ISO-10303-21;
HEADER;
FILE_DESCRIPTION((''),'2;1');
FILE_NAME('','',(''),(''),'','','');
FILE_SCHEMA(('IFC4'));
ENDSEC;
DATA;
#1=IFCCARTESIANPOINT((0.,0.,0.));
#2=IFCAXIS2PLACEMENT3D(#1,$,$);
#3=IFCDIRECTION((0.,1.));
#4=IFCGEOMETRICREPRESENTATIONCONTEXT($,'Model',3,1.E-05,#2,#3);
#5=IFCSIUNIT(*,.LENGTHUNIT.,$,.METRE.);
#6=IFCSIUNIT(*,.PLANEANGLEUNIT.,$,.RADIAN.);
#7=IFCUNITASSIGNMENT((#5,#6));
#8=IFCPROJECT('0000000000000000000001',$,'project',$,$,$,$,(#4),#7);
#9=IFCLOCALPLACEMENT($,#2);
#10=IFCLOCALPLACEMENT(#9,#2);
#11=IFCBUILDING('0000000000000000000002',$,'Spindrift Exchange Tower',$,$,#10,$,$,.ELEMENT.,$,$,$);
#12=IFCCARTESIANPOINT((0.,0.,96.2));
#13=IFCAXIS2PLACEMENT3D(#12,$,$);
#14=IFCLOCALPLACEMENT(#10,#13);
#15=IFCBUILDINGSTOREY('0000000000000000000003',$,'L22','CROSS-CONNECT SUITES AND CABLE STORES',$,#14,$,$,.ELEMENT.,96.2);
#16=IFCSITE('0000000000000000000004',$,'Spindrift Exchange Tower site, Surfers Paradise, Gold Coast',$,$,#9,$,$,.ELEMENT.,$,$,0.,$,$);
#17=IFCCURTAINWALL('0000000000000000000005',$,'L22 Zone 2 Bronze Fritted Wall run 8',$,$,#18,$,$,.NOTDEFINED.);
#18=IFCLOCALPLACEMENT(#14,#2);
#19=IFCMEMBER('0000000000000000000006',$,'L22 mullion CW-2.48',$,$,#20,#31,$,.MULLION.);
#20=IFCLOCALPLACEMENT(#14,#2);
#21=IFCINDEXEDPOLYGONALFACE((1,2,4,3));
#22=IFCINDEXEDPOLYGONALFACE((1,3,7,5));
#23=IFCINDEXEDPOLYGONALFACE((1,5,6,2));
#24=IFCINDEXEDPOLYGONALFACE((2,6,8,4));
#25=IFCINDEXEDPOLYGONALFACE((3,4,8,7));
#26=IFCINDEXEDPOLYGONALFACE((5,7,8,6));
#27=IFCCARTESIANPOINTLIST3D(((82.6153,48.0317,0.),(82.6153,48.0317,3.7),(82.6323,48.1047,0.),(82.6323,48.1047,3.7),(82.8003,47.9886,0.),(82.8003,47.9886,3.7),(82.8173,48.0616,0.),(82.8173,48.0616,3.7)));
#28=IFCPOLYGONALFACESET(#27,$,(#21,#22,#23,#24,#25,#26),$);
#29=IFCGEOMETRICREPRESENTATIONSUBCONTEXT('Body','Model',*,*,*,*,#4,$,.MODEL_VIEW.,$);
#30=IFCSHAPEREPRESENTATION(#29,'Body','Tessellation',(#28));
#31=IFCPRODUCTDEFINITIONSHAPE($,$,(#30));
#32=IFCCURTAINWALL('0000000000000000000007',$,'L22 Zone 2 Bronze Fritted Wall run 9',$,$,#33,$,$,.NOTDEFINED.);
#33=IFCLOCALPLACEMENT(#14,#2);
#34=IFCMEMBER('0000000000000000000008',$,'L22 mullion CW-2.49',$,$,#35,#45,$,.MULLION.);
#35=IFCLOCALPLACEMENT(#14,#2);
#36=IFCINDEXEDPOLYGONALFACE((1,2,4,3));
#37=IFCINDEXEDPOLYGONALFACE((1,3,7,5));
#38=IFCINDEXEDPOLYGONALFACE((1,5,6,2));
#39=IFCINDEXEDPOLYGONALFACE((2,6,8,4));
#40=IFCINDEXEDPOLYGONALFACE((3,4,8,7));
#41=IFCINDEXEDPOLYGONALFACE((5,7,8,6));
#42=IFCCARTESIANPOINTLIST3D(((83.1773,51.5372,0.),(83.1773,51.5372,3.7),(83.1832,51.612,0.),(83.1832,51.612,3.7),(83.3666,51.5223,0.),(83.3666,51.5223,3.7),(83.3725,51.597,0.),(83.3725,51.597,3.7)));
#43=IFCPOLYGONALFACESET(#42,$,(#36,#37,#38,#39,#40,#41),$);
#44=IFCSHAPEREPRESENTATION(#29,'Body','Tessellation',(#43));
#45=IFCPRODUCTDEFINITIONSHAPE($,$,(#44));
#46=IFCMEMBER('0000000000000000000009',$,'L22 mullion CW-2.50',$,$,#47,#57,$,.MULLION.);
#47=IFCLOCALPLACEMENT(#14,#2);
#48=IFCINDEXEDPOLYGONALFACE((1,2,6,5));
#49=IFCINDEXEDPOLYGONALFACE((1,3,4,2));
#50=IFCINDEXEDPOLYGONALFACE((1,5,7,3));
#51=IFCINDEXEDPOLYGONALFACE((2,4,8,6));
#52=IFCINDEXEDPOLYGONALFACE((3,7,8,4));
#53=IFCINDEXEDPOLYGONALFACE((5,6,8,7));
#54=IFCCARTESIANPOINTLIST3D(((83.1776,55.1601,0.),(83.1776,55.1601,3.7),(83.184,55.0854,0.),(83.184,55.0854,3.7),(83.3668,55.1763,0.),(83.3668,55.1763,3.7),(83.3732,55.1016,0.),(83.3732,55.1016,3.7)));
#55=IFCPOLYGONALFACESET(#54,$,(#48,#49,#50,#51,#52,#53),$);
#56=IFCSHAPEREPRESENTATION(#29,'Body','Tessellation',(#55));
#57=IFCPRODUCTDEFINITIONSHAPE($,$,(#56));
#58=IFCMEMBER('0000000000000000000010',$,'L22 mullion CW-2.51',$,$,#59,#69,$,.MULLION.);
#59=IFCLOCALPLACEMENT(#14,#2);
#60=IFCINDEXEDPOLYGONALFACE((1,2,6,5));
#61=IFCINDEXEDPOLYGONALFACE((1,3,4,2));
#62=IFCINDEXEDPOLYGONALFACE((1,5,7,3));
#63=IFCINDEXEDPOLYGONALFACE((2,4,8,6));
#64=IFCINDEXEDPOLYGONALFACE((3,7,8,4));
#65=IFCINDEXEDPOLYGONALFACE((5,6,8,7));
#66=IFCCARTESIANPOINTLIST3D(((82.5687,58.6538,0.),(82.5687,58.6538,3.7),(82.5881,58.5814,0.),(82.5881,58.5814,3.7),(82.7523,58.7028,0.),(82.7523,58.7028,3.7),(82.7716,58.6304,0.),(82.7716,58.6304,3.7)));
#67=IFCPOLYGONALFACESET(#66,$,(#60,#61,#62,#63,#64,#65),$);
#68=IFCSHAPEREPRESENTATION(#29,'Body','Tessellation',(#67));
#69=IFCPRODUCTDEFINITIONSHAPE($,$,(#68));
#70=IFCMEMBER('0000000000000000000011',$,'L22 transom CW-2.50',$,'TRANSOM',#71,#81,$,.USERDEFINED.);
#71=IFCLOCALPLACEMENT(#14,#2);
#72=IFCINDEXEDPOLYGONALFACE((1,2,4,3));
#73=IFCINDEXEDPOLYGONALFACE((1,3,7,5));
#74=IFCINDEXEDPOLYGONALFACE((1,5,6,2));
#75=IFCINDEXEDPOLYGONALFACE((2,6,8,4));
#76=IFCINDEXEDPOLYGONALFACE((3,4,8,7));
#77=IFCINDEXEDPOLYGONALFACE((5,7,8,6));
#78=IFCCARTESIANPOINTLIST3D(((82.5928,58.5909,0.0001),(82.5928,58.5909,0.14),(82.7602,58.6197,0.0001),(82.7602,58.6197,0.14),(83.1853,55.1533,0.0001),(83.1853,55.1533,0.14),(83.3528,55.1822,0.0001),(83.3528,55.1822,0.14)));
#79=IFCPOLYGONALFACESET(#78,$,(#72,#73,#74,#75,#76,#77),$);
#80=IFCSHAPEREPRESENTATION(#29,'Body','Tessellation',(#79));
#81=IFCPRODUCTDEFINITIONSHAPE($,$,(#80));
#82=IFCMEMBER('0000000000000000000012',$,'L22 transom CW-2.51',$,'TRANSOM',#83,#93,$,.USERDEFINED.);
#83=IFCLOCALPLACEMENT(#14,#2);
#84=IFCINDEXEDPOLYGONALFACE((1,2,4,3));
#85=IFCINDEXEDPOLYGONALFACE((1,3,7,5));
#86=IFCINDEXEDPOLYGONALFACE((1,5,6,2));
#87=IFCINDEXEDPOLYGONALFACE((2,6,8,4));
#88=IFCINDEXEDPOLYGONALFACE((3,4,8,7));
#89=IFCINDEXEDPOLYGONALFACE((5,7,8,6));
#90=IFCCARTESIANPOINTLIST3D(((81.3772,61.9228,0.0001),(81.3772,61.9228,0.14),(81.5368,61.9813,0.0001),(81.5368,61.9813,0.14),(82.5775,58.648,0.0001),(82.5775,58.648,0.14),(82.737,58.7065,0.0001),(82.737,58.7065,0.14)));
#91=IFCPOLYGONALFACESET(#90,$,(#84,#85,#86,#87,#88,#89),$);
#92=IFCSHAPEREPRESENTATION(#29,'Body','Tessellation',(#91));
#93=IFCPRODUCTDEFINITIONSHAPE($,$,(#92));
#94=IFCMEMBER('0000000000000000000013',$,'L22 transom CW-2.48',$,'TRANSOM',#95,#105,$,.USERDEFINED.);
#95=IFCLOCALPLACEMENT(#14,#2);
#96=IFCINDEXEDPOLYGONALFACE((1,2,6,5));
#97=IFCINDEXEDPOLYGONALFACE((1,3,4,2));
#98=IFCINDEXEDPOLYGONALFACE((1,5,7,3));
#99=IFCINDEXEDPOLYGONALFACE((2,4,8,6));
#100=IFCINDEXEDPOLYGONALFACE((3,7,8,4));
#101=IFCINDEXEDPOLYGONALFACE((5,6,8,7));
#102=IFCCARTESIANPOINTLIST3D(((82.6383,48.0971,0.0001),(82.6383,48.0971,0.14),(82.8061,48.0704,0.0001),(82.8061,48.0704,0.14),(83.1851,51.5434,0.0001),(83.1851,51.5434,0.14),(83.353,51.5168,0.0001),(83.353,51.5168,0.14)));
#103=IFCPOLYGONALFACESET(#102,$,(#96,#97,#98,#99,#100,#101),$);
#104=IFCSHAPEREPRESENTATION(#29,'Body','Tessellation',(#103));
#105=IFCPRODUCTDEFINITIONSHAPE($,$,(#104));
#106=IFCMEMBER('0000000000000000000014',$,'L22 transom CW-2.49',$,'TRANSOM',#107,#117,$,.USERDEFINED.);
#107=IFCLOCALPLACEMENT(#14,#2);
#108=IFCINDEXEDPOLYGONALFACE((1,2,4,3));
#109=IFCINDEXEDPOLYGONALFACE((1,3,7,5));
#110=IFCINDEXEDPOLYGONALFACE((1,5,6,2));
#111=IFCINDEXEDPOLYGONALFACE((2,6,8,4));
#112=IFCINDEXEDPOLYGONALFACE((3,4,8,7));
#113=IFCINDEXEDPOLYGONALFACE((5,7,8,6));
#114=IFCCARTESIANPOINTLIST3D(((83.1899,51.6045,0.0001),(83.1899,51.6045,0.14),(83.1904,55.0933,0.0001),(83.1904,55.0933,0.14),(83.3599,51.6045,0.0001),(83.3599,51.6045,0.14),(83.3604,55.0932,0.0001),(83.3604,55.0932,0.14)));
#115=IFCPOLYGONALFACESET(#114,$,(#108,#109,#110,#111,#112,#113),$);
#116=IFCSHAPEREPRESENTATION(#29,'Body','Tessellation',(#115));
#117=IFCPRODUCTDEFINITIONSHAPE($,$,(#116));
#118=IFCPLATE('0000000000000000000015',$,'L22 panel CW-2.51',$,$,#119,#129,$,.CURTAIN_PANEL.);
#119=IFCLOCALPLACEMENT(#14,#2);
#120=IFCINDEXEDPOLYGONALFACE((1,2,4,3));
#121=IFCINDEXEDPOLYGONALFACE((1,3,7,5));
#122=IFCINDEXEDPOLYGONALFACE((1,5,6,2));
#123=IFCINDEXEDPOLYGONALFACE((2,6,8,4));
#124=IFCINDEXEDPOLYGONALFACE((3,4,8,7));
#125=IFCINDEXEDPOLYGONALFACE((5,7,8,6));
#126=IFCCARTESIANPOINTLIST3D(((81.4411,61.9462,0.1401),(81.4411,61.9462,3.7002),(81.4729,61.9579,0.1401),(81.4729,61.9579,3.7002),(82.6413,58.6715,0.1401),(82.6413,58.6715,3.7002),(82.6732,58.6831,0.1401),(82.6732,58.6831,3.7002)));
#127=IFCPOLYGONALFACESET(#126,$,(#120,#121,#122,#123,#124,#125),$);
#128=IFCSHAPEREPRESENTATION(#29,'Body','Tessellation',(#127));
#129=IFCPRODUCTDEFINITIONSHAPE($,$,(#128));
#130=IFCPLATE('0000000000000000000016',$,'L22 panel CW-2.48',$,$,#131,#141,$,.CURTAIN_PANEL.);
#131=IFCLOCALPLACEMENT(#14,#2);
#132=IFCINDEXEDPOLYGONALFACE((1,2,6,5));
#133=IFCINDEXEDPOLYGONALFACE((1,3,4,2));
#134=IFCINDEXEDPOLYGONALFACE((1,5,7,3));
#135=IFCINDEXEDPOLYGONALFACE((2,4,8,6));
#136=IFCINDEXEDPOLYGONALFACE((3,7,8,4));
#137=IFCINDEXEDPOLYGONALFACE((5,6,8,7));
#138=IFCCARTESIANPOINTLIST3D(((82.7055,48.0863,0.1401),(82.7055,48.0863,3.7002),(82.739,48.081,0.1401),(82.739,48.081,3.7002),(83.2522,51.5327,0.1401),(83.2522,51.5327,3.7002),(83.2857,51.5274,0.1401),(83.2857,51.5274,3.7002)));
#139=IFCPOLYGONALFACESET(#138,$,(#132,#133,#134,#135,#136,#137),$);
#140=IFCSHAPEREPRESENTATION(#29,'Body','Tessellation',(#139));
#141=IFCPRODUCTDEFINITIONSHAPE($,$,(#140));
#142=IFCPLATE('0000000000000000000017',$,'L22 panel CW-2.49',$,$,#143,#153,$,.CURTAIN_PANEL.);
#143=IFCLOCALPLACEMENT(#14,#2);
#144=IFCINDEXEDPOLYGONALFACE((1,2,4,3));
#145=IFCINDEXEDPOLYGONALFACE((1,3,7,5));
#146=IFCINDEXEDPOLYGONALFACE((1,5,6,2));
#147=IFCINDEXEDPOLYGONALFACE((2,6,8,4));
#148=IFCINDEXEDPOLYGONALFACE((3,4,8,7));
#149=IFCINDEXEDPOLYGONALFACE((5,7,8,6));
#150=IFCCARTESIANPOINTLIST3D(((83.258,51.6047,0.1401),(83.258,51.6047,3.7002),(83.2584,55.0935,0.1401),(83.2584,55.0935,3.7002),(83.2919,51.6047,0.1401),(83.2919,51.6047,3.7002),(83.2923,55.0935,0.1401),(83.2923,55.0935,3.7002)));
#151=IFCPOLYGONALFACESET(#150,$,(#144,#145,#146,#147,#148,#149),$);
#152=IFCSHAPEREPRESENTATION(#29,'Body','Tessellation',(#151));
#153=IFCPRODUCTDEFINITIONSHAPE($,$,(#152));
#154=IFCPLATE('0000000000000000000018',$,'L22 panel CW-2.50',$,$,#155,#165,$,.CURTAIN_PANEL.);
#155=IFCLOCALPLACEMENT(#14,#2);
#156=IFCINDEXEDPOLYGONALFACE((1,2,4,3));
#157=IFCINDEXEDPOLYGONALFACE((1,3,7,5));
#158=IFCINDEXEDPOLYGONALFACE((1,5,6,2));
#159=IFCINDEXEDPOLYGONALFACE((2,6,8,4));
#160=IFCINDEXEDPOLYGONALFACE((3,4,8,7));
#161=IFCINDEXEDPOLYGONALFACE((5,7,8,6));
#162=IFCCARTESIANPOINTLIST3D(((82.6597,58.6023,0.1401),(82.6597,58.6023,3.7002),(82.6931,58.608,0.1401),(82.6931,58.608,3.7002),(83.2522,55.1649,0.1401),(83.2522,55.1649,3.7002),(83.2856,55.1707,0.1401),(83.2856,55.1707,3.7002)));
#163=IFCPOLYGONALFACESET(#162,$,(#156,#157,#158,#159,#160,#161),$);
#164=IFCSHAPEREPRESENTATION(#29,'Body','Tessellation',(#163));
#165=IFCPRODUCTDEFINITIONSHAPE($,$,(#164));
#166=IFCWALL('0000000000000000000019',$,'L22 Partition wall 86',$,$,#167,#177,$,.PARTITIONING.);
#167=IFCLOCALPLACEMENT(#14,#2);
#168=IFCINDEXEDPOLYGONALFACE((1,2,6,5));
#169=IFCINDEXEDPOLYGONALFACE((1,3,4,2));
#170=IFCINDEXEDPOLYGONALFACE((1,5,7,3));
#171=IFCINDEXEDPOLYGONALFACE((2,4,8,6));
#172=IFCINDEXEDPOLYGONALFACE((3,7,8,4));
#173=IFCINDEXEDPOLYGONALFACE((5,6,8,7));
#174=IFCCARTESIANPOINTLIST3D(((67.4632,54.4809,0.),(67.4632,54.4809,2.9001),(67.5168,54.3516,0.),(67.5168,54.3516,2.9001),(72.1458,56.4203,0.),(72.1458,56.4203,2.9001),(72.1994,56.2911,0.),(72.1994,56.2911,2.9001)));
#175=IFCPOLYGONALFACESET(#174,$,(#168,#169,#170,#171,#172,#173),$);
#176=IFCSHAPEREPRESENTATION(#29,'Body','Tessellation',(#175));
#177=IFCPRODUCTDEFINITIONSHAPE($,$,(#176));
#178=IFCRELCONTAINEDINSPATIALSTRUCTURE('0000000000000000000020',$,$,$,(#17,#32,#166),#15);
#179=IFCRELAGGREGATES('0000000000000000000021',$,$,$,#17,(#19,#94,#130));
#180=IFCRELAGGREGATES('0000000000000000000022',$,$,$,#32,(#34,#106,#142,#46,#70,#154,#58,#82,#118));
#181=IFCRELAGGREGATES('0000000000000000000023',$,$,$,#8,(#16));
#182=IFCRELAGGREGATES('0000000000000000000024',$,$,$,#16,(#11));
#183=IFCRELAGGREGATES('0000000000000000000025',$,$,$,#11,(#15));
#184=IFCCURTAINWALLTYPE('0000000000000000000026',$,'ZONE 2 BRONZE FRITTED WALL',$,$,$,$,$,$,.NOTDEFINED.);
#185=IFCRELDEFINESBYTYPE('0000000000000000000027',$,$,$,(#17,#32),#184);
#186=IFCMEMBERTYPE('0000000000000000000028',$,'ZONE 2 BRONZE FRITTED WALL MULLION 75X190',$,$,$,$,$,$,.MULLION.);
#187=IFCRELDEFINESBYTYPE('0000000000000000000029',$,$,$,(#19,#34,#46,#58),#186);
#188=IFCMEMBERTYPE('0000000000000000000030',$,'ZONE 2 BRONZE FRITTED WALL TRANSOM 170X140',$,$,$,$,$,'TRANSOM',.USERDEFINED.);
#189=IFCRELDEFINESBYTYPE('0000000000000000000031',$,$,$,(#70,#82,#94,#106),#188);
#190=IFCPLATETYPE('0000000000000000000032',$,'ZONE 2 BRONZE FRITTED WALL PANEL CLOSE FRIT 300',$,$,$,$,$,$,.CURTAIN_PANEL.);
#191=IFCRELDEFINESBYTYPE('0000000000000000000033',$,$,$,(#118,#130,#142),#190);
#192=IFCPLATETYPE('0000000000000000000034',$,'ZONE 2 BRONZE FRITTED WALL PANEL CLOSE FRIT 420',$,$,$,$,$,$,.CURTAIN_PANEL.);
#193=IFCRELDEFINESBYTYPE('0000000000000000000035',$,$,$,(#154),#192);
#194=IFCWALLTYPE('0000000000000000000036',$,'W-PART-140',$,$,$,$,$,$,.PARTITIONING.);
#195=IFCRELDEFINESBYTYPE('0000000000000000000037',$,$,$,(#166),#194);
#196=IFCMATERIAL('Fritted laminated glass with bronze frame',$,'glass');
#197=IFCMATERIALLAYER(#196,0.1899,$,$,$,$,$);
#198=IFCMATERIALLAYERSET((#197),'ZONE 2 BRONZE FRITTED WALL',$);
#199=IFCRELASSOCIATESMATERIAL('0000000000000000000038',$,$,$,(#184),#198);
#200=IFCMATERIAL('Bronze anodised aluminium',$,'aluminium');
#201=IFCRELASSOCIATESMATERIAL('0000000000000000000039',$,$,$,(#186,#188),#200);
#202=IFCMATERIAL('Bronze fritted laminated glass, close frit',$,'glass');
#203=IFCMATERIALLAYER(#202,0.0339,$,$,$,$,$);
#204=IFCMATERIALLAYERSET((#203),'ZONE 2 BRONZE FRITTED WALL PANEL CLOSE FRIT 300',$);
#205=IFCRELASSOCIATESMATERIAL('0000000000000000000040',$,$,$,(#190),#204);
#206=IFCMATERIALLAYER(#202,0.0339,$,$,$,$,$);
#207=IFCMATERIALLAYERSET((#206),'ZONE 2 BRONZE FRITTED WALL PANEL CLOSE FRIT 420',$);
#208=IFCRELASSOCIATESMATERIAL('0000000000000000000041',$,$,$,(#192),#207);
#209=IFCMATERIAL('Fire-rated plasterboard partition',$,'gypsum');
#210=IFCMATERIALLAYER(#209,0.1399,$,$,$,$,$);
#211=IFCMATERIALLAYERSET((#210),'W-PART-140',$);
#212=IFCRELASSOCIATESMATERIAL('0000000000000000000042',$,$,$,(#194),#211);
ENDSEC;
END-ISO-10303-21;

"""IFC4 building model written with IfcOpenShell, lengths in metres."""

from ifc_helpers import new_model, si_unit, direction, frame, frame_2d, origin, origin_2d, place, context, subcontext, project, spatial, rectangle, extrude, source, transform, mapped, material, layer, layer_set, material_profile, profile_set, type_object, element, aggregate, save


model = new_model("IFC4")

# Units and contexts
model_context = context("Model", 3, precision=1e-05, world=origin(), true_north=direction((0.0, 1.0)))
body_context = subcontext(model_context, "Body", "Model", "MODEL_VIEW")
ifc_project = project(units=[si_unit("LENGTHUNIT", "METRE"), si_unit("PLANEANGLEUNIT", "RADIAN")], contexts=[model_context])

# Site, building, storey
site_placement = place(None, origin())
site = spatial("IfcSite", under=ifc_project, at=site_placement, Name="Spindrift Exchange Tower site, Surfers Paradise, Gold Coast", CompositionType="ELEMENT", RefElevation=0.0)
building_placement = place(site_placement, origin())
building = spatial("IfcBuilding", under=site, at=building_placement, Name="Spindrift Exchange Tower", CompositionType="ELEMENT")
storey_placement = place(building_placement, frame((0.0, 0.0, 96.2)))
storey = spatial("IfcBuildingStorey", under=building, at=storey_placement, Name="L22", Description="CROSS-CONNECT SUITES AND CABLE STORES", CompositionType="ELEMENT", Elevation=96.2)

# Curtain wall, member
ifc_material_1 = material(Name="Fritted laminated glass with bronze frame", Category="glass")
ifc_layer_1 = layer(ifc_material_1, 0.1899)
ifc_layer_set_1 = layer_set([ifc_layer_1], Name="ZONE 2 BRONZE FRITTED WALL")
curtain_wall_type = type_object("IfcCurtainWallType", Name="ZONE 2 BRONZE FRITTED WALL", PredefinedType="NOTDEFINED", material=ifc_layer_set_1)
curtain_wall_1_placement = place(storey_placement, origin())
curtain_wall_1 = element("IfcCurtainWall", 1, at=curtain_wall_1_placement, inside=storey, type_object=curtain_wall_type, Name="L22 Zone 2 Bronze Fritted Wall run 8", PredefinedType="NOTDEFINED")
ifc_material_2 = material(Name="Bronze anodised aluminium", Category="aluminium")
ifc_material_profile_1 = material_profile(ifc_material_2, rectangle(XDim=0.075, YDim=0.1899, at=origin_2d()), Name="ZONE 2 BRONZE FRITTED WALL MULLION 75X190")
ifc_profile_set_1 = profile_set([ifc_material_profile_1], Name="Bronze anodised aluminium")
member_type_1 = type_object("IfcMemberType", Name="ZONE 2 BRONZE FRITTED WALL MULLION 75X190", PredefinedType="MULLION", material=ifc_profile_set_1)
shared_shape_1 = source(origin(), body_context, "Body", "SweptSolid", [
    extrude(rectangle(XDim=0.075, YDim=0.1899, at=origin_2d()), origin(), (0.0, 0.0, 1.0), 3.7),
])
member_1_placement = place(storey_placement, frame((82.7163, 48.0466, 0.0), z_axis=(0.0, 0.0, 1.0), x_axis=(0.226675, 0.97397, 0.0)))
member_1 = element("IfcMember", 2, at=member_1_placement, type_object=member_type_1, Name="L22 mullion CW-2.48", PredefinedType="MULLION", context=body_context, shape_type="MappedRepresentation", body=[
    mapped(shared_shape_1, transform((0.0, 0.0, 0.0), scale=1.0)),
])

# Curtain wall, members
curtain_wall_2_placement = place(storey_placement, origin())
curtain_wall_2 = element("IfcCurtainWall", 3, at=curtain_wall_2_placement, inside=storey, type_object=curtain_wall_type, Name="L22 Zone 2 Bronze Fritted Wall run 9", PredefinedType="NOTDEFINED")
member_2_placement = place(storey_placement, frame((83.2749, 51.5671, 0.0), z_axis=(0.0, 0.0, 1.0), x_axis=(0.078643, 0.996903, 0.0)))
member_2 = element("IfcMember", 4, at=member_2_placement, type_object=member_type_1, Name="L22 mullion CW-2.49", PredefinedType="MULLION", context=body_context, shape_type="MappedRepresentation", body=[
    mapped(shared_shape_1, transform((0.0, 0.0, 0.0), scale=1.0)),
])
member_3_placement = place(storey_placement, frame((83.2754, 55.1309, 0.0), z_axis=(0.0, 0.0, 1.0), x_axis=(-0.085181, 0.996365, 0.0)))
member_3 = element("IfcMember", 5, at=member_3_placement, type_object=member_type_1, Name="L22 mullion CW-2.50", PredefinedType="MULLION", context=body_context, shape_type="MappedRepresentation", body=[
    mapped(shared_shape_1, transform((0.0, 0.0, 0.0), scale=1.0)),
])
member_4_placement = place(storey_placement, frame((82.6702, 58.6421, 0.0), z_axis=(0.0, 0.0, 1.0), x_axis=(-0.258039, 0.966134, 0.0)))
member_4 = element("IfcMember", 6, at=member_4_placement, type_object=member_type_1, Name="L22 mullion CW-2.51", PredefinedType="MULLION", context=body_context, shape_type="MappedRepresentation", body=[
    mapped(shared_shape_1, transform((0.0, 0.0, 0.0), scale=1.0)),
])
ifc_material_profile_2 = material_profile(ifc_material_2, rectangle(XDim=0.1699, YDim=0.1399, at=origin_2d()), Name="ZONE 2 BRONZE FRITTED WALL TRANSOM 170X140")
ifc_profile_set_2 = profile_set([ifc_material_profile_2], Name="Bronze anodised aluminium")
member_type_2 = type_object("IfcMemberType", Name="ZONE 2 BRONZE FRITTED WALL TRANSOM 170X140", ElementType="TRANSOM", PredefinedType="USERDEFINED", material=ifc_profile_set_2)
shared_shape_2 = source(origin(), body_context, "Body", "SweptSolid", [
    extrude(rectangle(XDim=0.1699, YDim=0.1399, at=origin_2d()), origin(), (0.0, 0.0, 1.0), 3.4883),
])
member_5_placement = place(storey_placement, frame((83.269, 55.1677, 0.0701), z_axis=(-0.169867, 0.985467, 0.0), x_axis=(-0.985467, -0.169867, 0.0)))
member_5 = element("IfcMember", 7, at=member_5_placement, type_object=member_type_2, Name="L22 transom CW-2.50", ObjectType="TRANSOM", PredefinedType="USERDEFINED", context=body_context, shape_type="MappedRepresentation", body=[
    mapped(shared_shape_2, transform((0.0, 0.0, 0.0), scale=1.0)),
])
shared_shape_3 = source(origin(), body_context, "Body", "SweptSolid", [
    extrude(rectangle(XDim=0.1699, YDim=0.1399, at=origin_2d()), origin(), (0.0, 0.0, 1.0), 3.4878),
])
member_6_placement = place(storey_placement, frame((82.6572, 58.6772, 0.0701), z_axis=(-0.344125, 0.938924, 0.0), x_axis=(-0.938924, -0.344125, 0.0)))
member_6 = element("IfcMember", 8, at=member_6_placement, type_object=member_type_2, Name="L22 transom CW-2.51", ObjectType="TRANSOM", PredefinedType="USERDEFINED", context=body_context, shape_type="MappedRepresentation", body=[
    mapped(shared_shape_3, transform((0.0, 0.0, 0.0), scale=1.0)),
])

# Members
shared_shape_4 = source(origin(), body_context, "Body", "SweptSolid", [
    extrude(rectangle(XDim=0.1699, YDim=0.1399, at=origin_2d()), origin(), (0.0, 0.0, 1.0), 3.4895),
])
member_7_placement = place(storey_placement, frame((82.7222, 48.0837, 0.0701), z_axis=(0.156724, 0.987642, 0.0), x_axis=(-0.987642, 0.156724, 0.0)))
member_7 = element("IfcMember", 9, at=member_7_placement, type_object=member_type_2, Name="L22 transom CW-2.48", ObjectType="TRANSOM", PredefinedType="USERDEFINED", context=body_context, shape_type="MappedRepresentation", body=[
    mapped(shared_shape_4, transform((0.0, 0.0, 0.0), scale=1.0)),
])
shared_shape_5 = source(origin(), body_context, "Body", "SweptSolid", [
    extrude(rectangle(XDim=0.1699, YDim=0.1399, at=origin_2d()), origin(), (0.0, 0.0, 1.0), 3.4888),
])
member_8_placement = place(storey_placement, frame((83.2749, 51.6045, 0.0701), z_axis=(0.00014, 1.0, 0.0), x_axis=(-1.0, 0.00014, 0.0)))
member_8 = element("IfcMember", 10, at=member_8_placement, type_object=member_type_2, Name="L22 transom CW-2.49", ObjectType="TRANSOM", PredefinedType="USERDEFINED", context=body_context, shape_type="MappedRepresentation", body=[
    mapped(shared_shape_5, transform((0.0, 0.0, 0.0), scale=1.0)),
])

# Plates
ifc_material_3 = material(Name="Bronze fritted laminated glass, close frit", Category="glass")
ifc_layer_2 = layer(ifc_material_3, 0.0339)
ifc_layer_set_2 = layer_set([ifc_layer_2], Name="ZONE 2 BRONZE FRITTED WALL PANEL CLOSE FRIT 300")
plate_type_1 = type_object("IfcPlateType", Name="ZONE 2 BRONZE FRITTED WALL PANEL CLOSE FRIT 300", PredefinedType="CURTAIN_PANEL", material=ifc_layer_set_2)
shared_shape_6 = source(origin(), body_context, "Body", "SweptSolid", [
    extrude(rectangle(XDim=3.4878, YDim=0.0339, at=origin_2d()), origin(), (0.0, 0.0, 1.0), 3.5601),
])
plate_1_placement = place(storey_placement, frame((82.0571, 60.3147, 0.1401), z_axis=(0.0, 0.0, 1.0), x_axis=(-0.344122, 0.938925, 0.0)))
plate_1 = element("IfcPlate", 11, at=plate_1_placement, type_object=plate_type_1, Name="L22 panel CW-2.51", PredefinedType="CURTAIN_PANEL", context=body_context, shape_type="MappedRepresentation", body=[
    mapped(shared_shape_6, transform((0.0, 0.0, 0.0), scale=1.0)),
])
shared_shape_7 = source(origin(), body_context, "Body", "SweptSolid", [
    extrude(rectangle(XDim=3.4895, YDim=0.0339, at=origin_2d()), origin(), (0.0, 0.0, 1.0), 3.5601),
])
plate_2_placement = place(storey_placement, frame((82.9956, 49.8069, 0.1401), z_axis=(0.0, 0.0, 1.0), x_axis=(0.156688, 0.987648, 0.0)))
plate_2 = element("IfcPlate", 12, at=plate_2_placement, type_object=plate_type_1, Name="L22 panel CW-2.48", PredefinedType="CURTAIN_PANEL", context=body_context, shape_type="MappedRepresentation", body=[
    mapped(shared_shape_7, transform((0.0, 0.0, 0.0), scale=1.0)),
])
aggregate(curtain_wall_1, [member_1, member_7, plate_2])
shared_shape_8 = source(origin(), body_context, "Body", "SweptSolid", [
    extrude(rectangle(XDim=3.4888, YDim=0.0339, at=origin_2d()), origin(), (0.0, 0.0, 1.0), 3.5601),
])
plate_3_placement = place(storey_placement, frame((83.2751, 53.3491, 0.1401), z_axis=(0.0, 0.0, 1.0), x_axis=(0.000112, 1.0, 0.0)))
plate_3 = element("IfcPlate", 13, at=plate_3_placement, type_object=plate_type_1, Name="L22 panel CW-2.49", PredefinedType="CURTAIN_PANEL", context=body_context, shape_type="MappedRepresentation", body=[
    mapped(shared_shape_8, transform((0.0, 0.0, 0.0), scale=1.0)),
])
ifc_layer_3 = layer(ifc_material_3, 0.0339)
ifc_layer_set_3 = layer_set([ifc_layer_3], Name="ZONE 2 BRONZE FRITTED WALL PANEL CLOSE FRIT 420")
plate_type_2 = type_object("IfcPlateType", Name="ZONE 2 BRONZE FRITTED WALL PANEL CLOSE FRIT 420", PredefinedType="CURTAIN_PANEL", material=ifc_layer_set_3)
shared_shape_9 = source(origin(), body_context, "Body", "SweptSolid", [
    extrude(rectangle(XDim=3.488, YDim=0.0339, at=origin_2d()), origin(), (0.0, 0.0, 1.0), 3.5601),
])
plate_4_placement = place(storey_placement, frame((82.9727, 56.8865, 0.1401), z_axis=(0.0, 0.0, 1.0), x_axis=(-0.169853, 0.985469, 0.0)))
plate_4 = element("IfcPlate", 14, at=plate_4_placement, type_object=plate_type_2, Name="L22 panel CW-2.50", PredefinedType="CURTAIN_PANEL", context=body_context, shape_type="MappedRepresentation", body=[
    mapped(shared_shape_9, transform((0.0, 0.0, 0.0), scale=1.0)),
])
aggregate(curtain_wall_2, [member_2, member_8, plate_3, member_3, member_5, plate_4, member_4, member_6, plate_1])

# Wall
ifc_material_4 = material(Name="Fire-rated plasterboard partition", Category="gypsum")
ifc_layer_4 = layer(ifc_material_4, 0.1399)
ifc_layer_set_4 = layer_set([ifc_layer_4], Name="W-PART-140")
wall_type_1 = type_object("IfcWallType", Name="W-PART-140", PredefinedType="PARTITIONING", material=ifc_layer_set_4)
wall_1_placement = place(storey_placement, frame((67.49, 54.4163, 0.0), z_axis=(0.0, 0.0, 1.0), x_axis=(0.92389, 0.382658, 0.0)))
element("IfcWall", 15, at=wall_1_placement, inside=storey, type_object=wall_type_1, Name="L22 Partition wall 86", PredefinedType="PARTITIONING", context=body_context, shape_type="SweptSolid", body=[
    extrude(rectangle(XDim=5.0684, YDim=0.1399, at=frame_2d((2.5342, 0.0))), origin(), (0.0, 0.0, 1.0), 2.9001),
])

save(model, "model.ifc")
